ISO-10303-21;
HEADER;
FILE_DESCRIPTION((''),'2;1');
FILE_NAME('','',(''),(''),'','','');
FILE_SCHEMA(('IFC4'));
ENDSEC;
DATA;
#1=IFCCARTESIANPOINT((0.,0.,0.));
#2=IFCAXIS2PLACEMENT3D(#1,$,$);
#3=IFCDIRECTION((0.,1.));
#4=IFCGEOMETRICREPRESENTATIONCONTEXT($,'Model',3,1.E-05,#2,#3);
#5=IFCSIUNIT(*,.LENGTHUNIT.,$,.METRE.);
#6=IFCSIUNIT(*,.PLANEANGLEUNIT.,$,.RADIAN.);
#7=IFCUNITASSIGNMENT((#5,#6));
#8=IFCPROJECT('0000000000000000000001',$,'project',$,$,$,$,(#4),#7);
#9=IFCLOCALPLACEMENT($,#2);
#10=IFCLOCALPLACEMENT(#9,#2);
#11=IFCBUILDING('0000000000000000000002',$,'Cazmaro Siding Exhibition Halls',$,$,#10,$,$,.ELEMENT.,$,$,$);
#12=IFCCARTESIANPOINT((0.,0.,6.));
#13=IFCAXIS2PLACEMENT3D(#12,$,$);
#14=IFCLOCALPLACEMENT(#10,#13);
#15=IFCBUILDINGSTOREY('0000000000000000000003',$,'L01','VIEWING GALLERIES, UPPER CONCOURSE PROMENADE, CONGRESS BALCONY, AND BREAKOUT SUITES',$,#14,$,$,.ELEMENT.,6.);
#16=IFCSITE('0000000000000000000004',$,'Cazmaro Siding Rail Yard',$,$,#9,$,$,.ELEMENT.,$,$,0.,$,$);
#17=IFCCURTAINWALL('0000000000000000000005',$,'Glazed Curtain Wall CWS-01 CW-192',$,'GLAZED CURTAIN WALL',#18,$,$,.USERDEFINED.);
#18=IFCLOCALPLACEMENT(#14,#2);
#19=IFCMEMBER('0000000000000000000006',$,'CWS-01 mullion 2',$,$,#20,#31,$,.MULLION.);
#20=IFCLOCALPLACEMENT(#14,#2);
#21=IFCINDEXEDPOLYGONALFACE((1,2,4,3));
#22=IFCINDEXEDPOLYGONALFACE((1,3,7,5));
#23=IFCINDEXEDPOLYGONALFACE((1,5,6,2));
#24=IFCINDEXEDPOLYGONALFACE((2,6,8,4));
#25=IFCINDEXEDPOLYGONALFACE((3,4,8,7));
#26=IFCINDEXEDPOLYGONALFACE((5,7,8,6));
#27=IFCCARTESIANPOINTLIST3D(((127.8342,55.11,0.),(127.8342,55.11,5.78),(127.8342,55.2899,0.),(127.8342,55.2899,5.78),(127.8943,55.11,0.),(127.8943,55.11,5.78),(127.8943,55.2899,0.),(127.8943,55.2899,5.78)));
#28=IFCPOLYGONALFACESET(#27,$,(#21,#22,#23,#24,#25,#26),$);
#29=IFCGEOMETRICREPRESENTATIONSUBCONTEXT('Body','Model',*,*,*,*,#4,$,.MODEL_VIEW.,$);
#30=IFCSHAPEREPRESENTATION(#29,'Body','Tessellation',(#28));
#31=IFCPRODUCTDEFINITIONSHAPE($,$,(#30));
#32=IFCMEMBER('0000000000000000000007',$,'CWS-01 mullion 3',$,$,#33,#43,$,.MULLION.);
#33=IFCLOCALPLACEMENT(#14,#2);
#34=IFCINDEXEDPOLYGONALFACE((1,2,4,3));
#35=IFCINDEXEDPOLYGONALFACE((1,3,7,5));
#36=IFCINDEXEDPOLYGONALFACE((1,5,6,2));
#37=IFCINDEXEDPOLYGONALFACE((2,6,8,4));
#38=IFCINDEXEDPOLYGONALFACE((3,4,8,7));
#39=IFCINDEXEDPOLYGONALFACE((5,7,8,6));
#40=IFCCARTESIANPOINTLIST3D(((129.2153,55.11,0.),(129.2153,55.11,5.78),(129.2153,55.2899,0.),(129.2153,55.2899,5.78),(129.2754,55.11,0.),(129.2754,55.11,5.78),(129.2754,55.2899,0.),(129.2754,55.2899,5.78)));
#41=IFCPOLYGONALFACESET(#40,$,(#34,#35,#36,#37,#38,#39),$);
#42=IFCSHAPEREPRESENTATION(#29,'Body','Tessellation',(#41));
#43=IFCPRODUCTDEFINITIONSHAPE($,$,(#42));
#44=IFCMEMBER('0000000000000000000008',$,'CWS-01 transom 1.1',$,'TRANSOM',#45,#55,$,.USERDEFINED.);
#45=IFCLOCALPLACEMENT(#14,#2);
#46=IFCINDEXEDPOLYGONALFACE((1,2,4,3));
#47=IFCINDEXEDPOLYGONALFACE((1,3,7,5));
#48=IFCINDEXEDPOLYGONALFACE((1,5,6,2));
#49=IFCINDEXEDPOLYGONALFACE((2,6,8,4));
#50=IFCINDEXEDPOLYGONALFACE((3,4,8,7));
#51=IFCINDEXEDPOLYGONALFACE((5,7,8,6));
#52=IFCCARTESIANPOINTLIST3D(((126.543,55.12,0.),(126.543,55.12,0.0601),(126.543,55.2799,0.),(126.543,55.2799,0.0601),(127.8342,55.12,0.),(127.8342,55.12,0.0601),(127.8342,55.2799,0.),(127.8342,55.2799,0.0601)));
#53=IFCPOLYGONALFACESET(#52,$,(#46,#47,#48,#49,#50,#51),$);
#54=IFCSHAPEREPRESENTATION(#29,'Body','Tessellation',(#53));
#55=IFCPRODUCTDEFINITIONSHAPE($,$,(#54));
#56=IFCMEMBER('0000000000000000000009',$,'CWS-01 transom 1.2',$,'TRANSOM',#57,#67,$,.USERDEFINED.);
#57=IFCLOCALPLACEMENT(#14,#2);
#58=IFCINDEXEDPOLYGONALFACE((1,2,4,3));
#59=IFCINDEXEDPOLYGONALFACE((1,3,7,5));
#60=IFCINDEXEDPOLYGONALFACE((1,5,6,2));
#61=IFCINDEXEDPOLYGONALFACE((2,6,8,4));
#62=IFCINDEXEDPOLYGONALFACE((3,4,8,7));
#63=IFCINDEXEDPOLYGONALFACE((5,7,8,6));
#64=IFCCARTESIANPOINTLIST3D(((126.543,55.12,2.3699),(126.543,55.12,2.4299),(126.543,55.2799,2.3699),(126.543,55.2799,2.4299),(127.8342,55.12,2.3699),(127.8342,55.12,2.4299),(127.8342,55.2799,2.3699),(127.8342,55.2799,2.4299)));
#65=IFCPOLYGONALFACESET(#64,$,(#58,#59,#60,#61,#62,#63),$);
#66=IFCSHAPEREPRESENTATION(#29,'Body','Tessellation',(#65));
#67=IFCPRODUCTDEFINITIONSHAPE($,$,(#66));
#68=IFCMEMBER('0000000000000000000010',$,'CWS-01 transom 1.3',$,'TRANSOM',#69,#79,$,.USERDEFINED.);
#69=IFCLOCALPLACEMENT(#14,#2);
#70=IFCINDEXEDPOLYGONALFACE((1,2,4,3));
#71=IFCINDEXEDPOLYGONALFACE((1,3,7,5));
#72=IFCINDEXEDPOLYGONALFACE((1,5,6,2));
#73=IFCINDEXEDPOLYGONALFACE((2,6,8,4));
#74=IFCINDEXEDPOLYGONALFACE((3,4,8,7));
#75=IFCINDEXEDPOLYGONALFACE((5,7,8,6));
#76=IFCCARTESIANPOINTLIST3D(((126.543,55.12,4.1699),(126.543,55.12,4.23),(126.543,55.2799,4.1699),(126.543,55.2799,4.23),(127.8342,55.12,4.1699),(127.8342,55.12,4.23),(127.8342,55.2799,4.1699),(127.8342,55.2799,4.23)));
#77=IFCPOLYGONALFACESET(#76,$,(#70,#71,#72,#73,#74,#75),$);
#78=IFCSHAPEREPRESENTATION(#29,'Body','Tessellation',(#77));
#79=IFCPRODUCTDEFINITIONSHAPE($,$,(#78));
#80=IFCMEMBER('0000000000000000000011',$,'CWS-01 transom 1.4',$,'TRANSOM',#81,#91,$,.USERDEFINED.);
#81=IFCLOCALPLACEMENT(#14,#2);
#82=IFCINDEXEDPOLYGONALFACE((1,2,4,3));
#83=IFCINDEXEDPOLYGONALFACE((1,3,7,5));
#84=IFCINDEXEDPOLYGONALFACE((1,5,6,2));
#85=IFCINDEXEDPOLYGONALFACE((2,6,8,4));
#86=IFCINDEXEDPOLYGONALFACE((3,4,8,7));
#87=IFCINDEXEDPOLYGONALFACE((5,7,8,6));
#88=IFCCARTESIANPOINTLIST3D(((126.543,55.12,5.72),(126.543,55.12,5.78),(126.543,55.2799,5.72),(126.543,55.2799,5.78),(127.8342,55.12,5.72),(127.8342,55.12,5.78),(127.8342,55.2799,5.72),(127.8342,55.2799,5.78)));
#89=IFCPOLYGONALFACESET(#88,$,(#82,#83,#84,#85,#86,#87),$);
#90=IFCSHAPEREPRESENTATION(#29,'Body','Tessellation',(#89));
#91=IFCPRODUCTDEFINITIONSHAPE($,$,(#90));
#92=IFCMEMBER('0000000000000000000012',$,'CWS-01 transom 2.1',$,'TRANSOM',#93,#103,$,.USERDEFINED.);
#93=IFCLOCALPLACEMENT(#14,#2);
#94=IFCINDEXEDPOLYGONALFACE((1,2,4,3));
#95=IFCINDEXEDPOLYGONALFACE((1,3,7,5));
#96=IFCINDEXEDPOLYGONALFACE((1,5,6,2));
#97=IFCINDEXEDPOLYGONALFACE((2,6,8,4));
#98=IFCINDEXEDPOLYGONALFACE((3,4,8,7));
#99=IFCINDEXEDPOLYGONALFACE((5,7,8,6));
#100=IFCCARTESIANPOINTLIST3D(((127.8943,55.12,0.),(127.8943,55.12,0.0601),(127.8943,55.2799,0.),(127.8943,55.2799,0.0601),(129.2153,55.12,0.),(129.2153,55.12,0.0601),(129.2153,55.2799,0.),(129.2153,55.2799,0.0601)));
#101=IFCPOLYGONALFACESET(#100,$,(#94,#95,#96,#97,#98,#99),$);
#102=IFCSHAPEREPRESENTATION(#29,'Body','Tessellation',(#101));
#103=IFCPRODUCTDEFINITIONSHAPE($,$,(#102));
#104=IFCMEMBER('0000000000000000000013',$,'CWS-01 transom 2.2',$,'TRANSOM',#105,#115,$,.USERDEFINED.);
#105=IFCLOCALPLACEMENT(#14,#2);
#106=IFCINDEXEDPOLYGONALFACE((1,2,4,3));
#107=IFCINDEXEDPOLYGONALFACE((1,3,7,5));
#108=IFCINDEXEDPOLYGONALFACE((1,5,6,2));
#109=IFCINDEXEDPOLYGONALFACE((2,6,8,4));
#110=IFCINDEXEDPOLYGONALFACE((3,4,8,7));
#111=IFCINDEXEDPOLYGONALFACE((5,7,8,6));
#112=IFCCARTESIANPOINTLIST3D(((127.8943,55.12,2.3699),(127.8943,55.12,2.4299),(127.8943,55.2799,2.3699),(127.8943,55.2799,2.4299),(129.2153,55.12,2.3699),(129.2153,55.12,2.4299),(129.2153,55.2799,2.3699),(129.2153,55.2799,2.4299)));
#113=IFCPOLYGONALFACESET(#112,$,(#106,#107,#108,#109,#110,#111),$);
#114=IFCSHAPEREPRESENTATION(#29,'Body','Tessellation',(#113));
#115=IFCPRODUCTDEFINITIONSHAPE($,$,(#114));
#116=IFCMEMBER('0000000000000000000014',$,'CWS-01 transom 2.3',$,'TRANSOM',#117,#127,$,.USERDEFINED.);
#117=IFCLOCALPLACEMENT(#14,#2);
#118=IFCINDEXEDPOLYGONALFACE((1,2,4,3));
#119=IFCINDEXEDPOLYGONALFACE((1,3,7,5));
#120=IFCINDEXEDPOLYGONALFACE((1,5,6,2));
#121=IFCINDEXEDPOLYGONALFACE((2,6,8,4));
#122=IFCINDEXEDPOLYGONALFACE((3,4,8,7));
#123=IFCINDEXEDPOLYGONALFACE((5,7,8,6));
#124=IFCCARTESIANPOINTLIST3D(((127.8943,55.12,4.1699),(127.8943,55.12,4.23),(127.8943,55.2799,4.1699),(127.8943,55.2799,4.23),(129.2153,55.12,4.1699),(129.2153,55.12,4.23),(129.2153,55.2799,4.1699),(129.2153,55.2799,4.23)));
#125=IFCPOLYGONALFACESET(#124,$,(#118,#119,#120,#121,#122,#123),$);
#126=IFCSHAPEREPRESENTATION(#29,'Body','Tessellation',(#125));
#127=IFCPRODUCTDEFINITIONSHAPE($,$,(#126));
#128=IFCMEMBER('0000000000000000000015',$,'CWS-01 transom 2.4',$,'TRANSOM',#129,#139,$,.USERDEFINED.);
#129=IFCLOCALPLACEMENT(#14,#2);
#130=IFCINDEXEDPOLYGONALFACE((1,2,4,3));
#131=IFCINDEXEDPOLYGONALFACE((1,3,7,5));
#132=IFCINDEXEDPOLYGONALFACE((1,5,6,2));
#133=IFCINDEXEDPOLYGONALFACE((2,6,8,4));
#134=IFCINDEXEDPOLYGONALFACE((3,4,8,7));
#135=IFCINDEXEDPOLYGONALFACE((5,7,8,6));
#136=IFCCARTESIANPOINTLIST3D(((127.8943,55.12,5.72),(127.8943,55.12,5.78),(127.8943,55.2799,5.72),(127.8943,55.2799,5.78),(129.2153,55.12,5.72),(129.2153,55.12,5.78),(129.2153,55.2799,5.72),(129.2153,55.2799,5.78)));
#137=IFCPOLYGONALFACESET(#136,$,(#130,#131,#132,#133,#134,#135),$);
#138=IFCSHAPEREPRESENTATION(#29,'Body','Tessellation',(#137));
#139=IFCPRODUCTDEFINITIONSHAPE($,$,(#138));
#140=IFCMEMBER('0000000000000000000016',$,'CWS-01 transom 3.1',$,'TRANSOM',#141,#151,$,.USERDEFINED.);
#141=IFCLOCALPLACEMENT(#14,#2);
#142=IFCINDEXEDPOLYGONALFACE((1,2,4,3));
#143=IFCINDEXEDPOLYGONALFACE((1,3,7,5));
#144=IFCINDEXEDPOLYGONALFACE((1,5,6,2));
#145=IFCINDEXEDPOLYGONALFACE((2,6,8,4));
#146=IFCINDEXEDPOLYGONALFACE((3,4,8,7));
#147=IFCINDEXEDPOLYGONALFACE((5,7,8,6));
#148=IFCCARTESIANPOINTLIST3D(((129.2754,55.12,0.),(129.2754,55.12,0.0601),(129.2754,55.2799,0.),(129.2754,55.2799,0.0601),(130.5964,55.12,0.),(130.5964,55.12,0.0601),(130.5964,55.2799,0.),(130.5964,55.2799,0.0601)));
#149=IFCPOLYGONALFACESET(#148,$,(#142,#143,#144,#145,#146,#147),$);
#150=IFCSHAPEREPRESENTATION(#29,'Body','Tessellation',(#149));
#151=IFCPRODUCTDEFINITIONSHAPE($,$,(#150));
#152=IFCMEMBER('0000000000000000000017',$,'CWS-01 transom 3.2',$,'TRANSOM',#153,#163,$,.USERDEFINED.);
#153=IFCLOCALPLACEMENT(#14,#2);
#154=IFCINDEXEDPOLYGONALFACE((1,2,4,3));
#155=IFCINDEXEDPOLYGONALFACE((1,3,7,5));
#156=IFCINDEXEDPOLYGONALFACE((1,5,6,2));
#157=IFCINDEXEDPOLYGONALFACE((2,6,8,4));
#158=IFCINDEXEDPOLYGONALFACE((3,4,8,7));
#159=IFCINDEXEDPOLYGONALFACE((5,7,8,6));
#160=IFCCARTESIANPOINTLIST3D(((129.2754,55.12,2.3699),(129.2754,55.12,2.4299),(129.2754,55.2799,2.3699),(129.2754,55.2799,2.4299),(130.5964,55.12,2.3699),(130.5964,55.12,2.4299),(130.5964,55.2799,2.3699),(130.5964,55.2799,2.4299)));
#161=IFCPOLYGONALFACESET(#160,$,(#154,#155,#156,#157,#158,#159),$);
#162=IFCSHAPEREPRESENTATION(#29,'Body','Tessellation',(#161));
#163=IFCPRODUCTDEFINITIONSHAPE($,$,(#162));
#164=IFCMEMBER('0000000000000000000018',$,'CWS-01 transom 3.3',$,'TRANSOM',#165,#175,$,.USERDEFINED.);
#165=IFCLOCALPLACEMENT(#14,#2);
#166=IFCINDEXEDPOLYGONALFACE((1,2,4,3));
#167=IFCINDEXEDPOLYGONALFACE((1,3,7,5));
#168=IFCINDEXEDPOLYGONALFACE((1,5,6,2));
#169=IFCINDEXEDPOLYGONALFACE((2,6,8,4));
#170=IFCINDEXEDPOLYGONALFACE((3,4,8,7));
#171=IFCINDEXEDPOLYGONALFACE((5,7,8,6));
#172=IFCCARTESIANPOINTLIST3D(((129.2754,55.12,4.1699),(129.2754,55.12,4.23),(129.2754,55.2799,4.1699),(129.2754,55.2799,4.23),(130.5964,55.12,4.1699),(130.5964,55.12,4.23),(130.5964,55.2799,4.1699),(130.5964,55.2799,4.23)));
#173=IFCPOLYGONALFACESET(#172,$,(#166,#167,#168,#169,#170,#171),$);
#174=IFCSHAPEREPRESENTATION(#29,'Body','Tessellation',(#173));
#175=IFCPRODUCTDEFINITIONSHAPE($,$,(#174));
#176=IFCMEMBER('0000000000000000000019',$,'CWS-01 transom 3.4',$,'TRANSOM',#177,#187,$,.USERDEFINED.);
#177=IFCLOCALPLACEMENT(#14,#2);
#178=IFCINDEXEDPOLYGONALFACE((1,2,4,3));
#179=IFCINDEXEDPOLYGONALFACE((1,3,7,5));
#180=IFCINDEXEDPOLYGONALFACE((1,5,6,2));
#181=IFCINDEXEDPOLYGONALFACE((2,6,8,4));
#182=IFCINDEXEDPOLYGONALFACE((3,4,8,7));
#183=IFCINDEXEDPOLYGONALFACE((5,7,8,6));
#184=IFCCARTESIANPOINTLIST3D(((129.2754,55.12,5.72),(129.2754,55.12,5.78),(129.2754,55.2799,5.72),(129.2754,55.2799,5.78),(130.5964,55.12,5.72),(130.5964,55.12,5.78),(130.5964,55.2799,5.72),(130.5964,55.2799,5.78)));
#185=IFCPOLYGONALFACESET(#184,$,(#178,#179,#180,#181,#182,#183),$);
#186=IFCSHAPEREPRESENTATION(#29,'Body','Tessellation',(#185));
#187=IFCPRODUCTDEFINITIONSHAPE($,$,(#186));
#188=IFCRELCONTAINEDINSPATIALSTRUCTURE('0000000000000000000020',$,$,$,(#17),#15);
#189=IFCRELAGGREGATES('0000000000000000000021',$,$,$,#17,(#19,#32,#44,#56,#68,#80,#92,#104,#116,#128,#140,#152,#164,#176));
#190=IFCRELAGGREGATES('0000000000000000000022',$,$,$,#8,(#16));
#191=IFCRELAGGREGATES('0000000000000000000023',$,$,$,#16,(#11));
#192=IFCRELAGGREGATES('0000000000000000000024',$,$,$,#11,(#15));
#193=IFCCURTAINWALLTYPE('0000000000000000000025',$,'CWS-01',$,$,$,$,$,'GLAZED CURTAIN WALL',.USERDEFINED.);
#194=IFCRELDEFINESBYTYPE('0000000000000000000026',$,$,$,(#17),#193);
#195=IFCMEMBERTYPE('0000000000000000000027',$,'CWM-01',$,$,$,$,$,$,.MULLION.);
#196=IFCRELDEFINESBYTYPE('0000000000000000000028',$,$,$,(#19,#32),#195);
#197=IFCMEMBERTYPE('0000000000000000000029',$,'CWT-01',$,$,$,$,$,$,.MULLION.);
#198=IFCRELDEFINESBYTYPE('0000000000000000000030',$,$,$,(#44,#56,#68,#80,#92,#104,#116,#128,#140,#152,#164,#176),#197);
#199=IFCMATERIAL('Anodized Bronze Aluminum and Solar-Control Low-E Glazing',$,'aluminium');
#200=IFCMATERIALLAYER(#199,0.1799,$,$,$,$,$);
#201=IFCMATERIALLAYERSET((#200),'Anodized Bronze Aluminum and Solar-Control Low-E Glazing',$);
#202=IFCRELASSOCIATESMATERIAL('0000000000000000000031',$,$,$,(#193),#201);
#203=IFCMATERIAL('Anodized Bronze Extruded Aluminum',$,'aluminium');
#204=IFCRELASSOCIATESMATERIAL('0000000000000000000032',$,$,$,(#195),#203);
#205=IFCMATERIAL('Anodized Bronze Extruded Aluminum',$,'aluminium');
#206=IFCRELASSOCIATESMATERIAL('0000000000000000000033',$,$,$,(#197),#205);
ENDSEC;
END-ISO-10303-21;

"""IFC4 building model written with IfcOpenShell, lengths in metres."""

from ifc_helpers import new_model, si_unit, direction, frame, origin, origin_2d, place, context, subcontext, project, spatial, rectangle, extrude, material, layer, layer_set, material_profile, profile_set, type_object, element, aggregate, save


model = new_model("IFC4")

# Units and contexts
model_context = context("Model", 3, precision=1e-05, world=origin(), true_north=direction((0.0, 1.0)))
body_context = subcontext(model_context, "Body", "Model", "MODEL_VIEW")
ifc_project = project(units=[si_unit("LENGTHUNIT", "METRE"), si_unit("PLANEANGLEUNIT", "RADIAN")], contexts=[model_context])

# Site, building, storey
site_placement = place(None, origin())
site = spatial("IfcSite", under=ifc_project, at=site_placement, Name="Cazmaro Siding Rail Yard", CompositionType="ELEMENT", RefElevation=0.0)
building_placement = place(site_placement, origin())
building = spatial("IfcBuilding", under=site, at=building_placement, Name="Cazmaro Siding Exhibition Halls", CompositionType="ELEMENT")
storey_placement = place(building_placement, frame((0.0, 0.0, 6.0)))
storey = spatial("IfcBuildingStorey", under=building, at=storey_placement, Name="L01", Description="VIEWING GALLERIES, UPPER CONCOURSE PROMENADE, CONGRESS BALCONY, AND BREAKOUT SUITES", CompositionType="ELEMENT", Elevation=6.0)

# Curtain wall, members
ifc_material_1 = material(Name="Anodized Bronze Aluminum and Solar-Control Low-E Glazing", Category="aluminium")
ifc_layer_1 = layer(ifc_material_1, 0.1799)
ifc_layer_set_1 = layer_set([ifc_layer_1], Name="Anodized Bronze Aluminum and Solar-Control Low-E Glazing")
curtain_wall_type = type_object("IfcCurtainWallType", Name="CWS-01", ElementType="GLAZED CURTAIN WALL", PredefinedType="USERDEFINED", material=ifc_layer_set_1)
curtain_wall_placement = place(storey_placement, origin())
curtain_wall = element("IfcCurtainWall", 1, at=curtain_wall_placement, inside=storey, type_object=curtain_wall_type, Name="Glazed Curtain Wall CWS-01 CW-192", ObjectType="GLAZED CURTAIN WALL", PredefinedType="USERDEFINED")
ifc_material_2 = material(Name="Anodized Bronze Extruded Aluminum", Category="aluminium")
ifc_material_profile_1 = material_profile(ifc_material_2, rectangle(XDim=0.1799, YDim=0.0601, at=origin_2d()), Name="CWM-01")
ifc_profile_set_1 = profile_set([ifc_material_profile_1], Name="Anodized Bronze Extruded Aluminum")
member_type_1 = type_object("IfcMemberType", Name="CWM-01", PredefinedType="MULLION", material=ifc_profile_set_1)
member_1_placement = place(storey_placement, frame((127.8643, 55.2, 0.0), z_axis=(0.0, 0.0, 1.0), x_axis=(0.0, 1.0, 0.0)))
member_1 = element("IfcMember", 2, at=member_1_placement, type_object=member_type_1, Name="CWS-01 mullion 2", PredefinedType="MULLION", context=body_context, shape_type="SweptSolid", body=[
    extrude(rectangle(XDim=0.1799, YDim=0.0601, at=origin_2d()), origin(), (0.0, 0.0, 1.0), 5.78),
])
member_2_placement = place(storey_placement, frame((129.2454, 55.2, 0.0), z_axis=(0.0, 0.0, 1.0), x_axis=(0.0, 1.0, 0.0)))
member_2 = element("IfcMember", 3, at=member_2_placement, type_object=member_type_1, Name="CWS-01 mullion 3", PredefinedType="MULLION", context=body_context, shape_type="SweptSolid", body=[
    extrude(rectangle(XDim=0.1799, YDim=0.0601, at=origin_2d()), origin(), (0.0, 0.0, 1.0), 5.78),
])
ifc_material_3 = material(Name="Anodized Bronze Extruded Aluminum", Category="aluminium")
ifc_material_profile_2 = material_profile(ifc_material_3, rectangle(XDim=0.1599, YDim=0.0601, at=origin_2d()), Name="CWT-01")
ifc_profile_set_2 = profile_set([ifc_material_profile_2], Name="Anodized Bronze Extruded Aluminum")
member_type_2 = type_object("IfcMemberType", Name="CWT-01", PredefinedType="MULLION", material=ifc_profile_set_2)
member_3_placement = place(storey_placement, frame((126.543, 55.2, 0.03), z_axis=(1.0, 0.0, 0.0), x_axis=(0.0, 1.0, 0.0)))
member_3 = element("IfcMember", 4, at=member_3_placement, type_object=member_type_2, Name="CWS-01 transom 1.1", ObjectType="TRANSOM", PredefinedType="USERDEFINED", context=body_context, shape_type="SweptSolid", body=[
    extrude(rectangle(XDim=0.1599, YDim=0.0601, at=origin_2d()), origin(), (0.0, 0.0, 1.0), 1.2913),
])
member_4_placement = place(storey_placement, frame((126.543, 55.2, 2.3999), z_axis=(1.0, 0.0, 0.0), x_axis=(0.0, 1.0, 0.0)))
member_4 = element("IfcMember", 5, at=member_4_placement, type_object=member_type_2, Name="CWS-01 transom 1.2", ObjectType="TRANSOM", PredefinedType="USERDEFINED", context=body_context, shape_type="SweptSolid", body=[
    extrude(rectangle(XDim=0.1599, YDim=0.0601, at=origin_2d()), origin(), (0.0, 0.0, 1.0), 1.2913),
])
member_5_placement = place(storey_placement, frame((126.543, 55.2, 4.2), z_axis=(1.0, 0.0, 0.0), x_axis=(0.0, 1.0, 0.0)))
member_5 = element("IfcMember", 6, at=member_5_placement, type_object=member_type_2, Name="CWS-01 transom 1.3", ObjectType="TRANSOM", PredefinedType="USERDEFINED", context=body_context, shape_type="SweptSolid", body=[
    extrude(rectangle(XDim=0.1599, YDim=0.0601, at=origin_2d()), origin(), (0.0, 0.0, 1.0), 1.2913),
])
member_6_placement = place(storey_placement, frame((126.543, 55.2, 5.75), z_axis=(1.0, 0.0, 0.0), x_axis=(0.0, 1.0, 0.0)))
member_6 = element("IfcMember", 7, at=member_6_placement, type_object=member_type_2, Name="CWS-01 transom 1.4", ObjectType="TRANSOM", PredefinedType="USERDEFINED", context=body_context, shape_type="SweptSolid", body=[
    extrude(rectangle(XDim=0.1599, YDim=0.0601, at=origin_2d()), origin(), (0.0, 0.0, 1.0), 1.2913),
])
member_7_placement = place(storey_placement, frame((127.8943, 55.2, 0.03), z_axis=(1.0, 0.0, 0.0), x_axis=(0.0, 1.0, 0.0)))
member_7 = element("IfcMember", 8, at=member_7_placement, type_object=member_type_2, Name="CWS-01 transom 2.1", ObjectType="TRANSOM", PredefinedType="USERDEFINED", context=body_context, shape_type="SweptSolid", body=[
    extrude(rectangle(XDim=0.1599, YDim=0.0601, at=origin_2d()), origin(), (0.0, 0.0, 1.0), 1.321),
])
member_8_placement = place(storey_placement, frame((127.8943, 55.2, 2.3999), z_axis=(1.0, 0.0, 0.0), x_axis=(0.0, 1.0, 0.0)))
member_8 = element("IfcMember", 9, at=member_8_placement, type_object=member_type_2, Name="CWS-01 transom 2.2", ObjectType="TRANSOM", PredefinedType="USERDEFINED", context=body_context, shape_type="SweptSolid", body=[
    extrude(rectangle(XDim=0.1599, YDim=0.0601, at=origin_2d()), origin(), (0.0, 0.0, 1.0), 1.321),
])
member_9_placement = place(storey_placement, frame((127.8943, 55.2, 4.2), z_axis=(1.0, 0.0, 0.0), x_axis=(0.0, 1.0, 0.0)))
member_9 = element("IfcMember", 10, at=member_9_placement, type_object=member_type_2, Name="CWS-01 transom 2.3", ObjectType="TRANSOM", PredefinedType="USERDEFINED", context=body_context, shape_type="SweptSolid", body=[
    extrude(rectangle(XDim=0.1599, YDim=0.0601, at=origin_2d()), origin(), (0.0, 0.0, 1.0), 1.321),
])
member_10_placement = place(storey_placement, frame((127.8943, 55.2, 5.75), z_axis=(1.0, 0.0, 0.0), x_axis=(0.0, 1.0, 0.0)))
member_10 = element("IfcMember", 11, at=member_10_placement, type_object=member_type_2, Name="CWS-01 transom 2.4", ObjectType="TRANSOM", PredefinedType="USERDEFINED", context=body_context, shape_type="SweptSolid", body=[
    extrude(rectangle(XDim=0.1599, YDim=0.0601, at=origin_2d()), origin(), (0.0, 0.0, 1.0), 1.321),
])
member_11_placement = place(storey_placement, frame((129.2754, 55.2, 0.03), z_axis=(1.0, 0.0, 0.0), x_axis=(0.0, 1.0, 0.0)))
member_11 = element("IfcMember", 12, at=member_11_placement, type_object=member_type_2, Name="CWS-01 transom 3.1", ObjectType="TRANSOM", PredefinedType="USERDEFINED", context=body_context, shape_type="SweptSolid", body=[
    extrude(rectangle(XDim=0.1599, YDim=0.0601, at=origin_2d()), origin(), (0.0, 0.0, 1.0), 1.321),
])
member_12_placement = place(storey_placement, frame((129.2754, 55.2, 2.3999), z_axis=(1.0, 0.0, 0.0), x_axis=(0.0, 1.0, 0.0)))
member_12 = element("IfcMember", 13, at=member_12_placement, type_object=member_type_2, Name="CWS-01 transom 3.2", ObjectType="TRANSOM", PredefinedType="USERDEFINED", context=body_context, shape_type="SweptSolid", body=[
    extrude(rectangle(XDim=0.1599, YDim=0.0601, at=origin_2d()), origin(), (0.0, 0.0, 1.0), 1.321),
])
member_13_placement = place(storey_placement, frame((129.2754, 55.2, 4.2), z_axis=(1.0, 0.0, 0.0), x_axis=(0.0, 1.0, 0.0)))
member_13 = element("IfcMember", 14, at=member_13_placement, type_object=member_type_2, Name="CWS-01 transom 3.3", ObjectType="TRANSOM", PredefinedType="USERDEFINED", context=body_context, shape_type="SweptSolid", body=[
    extrude(rectangle(XDim=0.1599, YDim=0.0601, at=origin_2d()), origin(), (0.0, 0.0, 1.0), 1.321),
])
member_14_placement = place(storey_placement, frame((129.2754, 55.2, 5.75), z_axis=(1.0, 0.0, 0.0), x_axis=(0.0, 1.0, 0.0)))
member_14 = element("IfcMember", 15, at=member_14_placement, type_object=member_type_2, Name="CWS-01 transom 3.4", ObjectType="TRANSOM", PredefinedType="USERDEFINED", context=body_context, shape_type="SweptSolid", body=[
    extrude(rectangle(XDim=0.1599, YDim=0.0601, at=origin_2d()), origin(), (0.0, 0.0, 1.0), 1.321),
])
aggregate(curtain_wall, [member_1, member_2, member_3, member_4, member_5, member_6, member_7, member_8, member_9, member_10, member_11, member_12, member_13, member_14])

save(model, "model.ifc")
